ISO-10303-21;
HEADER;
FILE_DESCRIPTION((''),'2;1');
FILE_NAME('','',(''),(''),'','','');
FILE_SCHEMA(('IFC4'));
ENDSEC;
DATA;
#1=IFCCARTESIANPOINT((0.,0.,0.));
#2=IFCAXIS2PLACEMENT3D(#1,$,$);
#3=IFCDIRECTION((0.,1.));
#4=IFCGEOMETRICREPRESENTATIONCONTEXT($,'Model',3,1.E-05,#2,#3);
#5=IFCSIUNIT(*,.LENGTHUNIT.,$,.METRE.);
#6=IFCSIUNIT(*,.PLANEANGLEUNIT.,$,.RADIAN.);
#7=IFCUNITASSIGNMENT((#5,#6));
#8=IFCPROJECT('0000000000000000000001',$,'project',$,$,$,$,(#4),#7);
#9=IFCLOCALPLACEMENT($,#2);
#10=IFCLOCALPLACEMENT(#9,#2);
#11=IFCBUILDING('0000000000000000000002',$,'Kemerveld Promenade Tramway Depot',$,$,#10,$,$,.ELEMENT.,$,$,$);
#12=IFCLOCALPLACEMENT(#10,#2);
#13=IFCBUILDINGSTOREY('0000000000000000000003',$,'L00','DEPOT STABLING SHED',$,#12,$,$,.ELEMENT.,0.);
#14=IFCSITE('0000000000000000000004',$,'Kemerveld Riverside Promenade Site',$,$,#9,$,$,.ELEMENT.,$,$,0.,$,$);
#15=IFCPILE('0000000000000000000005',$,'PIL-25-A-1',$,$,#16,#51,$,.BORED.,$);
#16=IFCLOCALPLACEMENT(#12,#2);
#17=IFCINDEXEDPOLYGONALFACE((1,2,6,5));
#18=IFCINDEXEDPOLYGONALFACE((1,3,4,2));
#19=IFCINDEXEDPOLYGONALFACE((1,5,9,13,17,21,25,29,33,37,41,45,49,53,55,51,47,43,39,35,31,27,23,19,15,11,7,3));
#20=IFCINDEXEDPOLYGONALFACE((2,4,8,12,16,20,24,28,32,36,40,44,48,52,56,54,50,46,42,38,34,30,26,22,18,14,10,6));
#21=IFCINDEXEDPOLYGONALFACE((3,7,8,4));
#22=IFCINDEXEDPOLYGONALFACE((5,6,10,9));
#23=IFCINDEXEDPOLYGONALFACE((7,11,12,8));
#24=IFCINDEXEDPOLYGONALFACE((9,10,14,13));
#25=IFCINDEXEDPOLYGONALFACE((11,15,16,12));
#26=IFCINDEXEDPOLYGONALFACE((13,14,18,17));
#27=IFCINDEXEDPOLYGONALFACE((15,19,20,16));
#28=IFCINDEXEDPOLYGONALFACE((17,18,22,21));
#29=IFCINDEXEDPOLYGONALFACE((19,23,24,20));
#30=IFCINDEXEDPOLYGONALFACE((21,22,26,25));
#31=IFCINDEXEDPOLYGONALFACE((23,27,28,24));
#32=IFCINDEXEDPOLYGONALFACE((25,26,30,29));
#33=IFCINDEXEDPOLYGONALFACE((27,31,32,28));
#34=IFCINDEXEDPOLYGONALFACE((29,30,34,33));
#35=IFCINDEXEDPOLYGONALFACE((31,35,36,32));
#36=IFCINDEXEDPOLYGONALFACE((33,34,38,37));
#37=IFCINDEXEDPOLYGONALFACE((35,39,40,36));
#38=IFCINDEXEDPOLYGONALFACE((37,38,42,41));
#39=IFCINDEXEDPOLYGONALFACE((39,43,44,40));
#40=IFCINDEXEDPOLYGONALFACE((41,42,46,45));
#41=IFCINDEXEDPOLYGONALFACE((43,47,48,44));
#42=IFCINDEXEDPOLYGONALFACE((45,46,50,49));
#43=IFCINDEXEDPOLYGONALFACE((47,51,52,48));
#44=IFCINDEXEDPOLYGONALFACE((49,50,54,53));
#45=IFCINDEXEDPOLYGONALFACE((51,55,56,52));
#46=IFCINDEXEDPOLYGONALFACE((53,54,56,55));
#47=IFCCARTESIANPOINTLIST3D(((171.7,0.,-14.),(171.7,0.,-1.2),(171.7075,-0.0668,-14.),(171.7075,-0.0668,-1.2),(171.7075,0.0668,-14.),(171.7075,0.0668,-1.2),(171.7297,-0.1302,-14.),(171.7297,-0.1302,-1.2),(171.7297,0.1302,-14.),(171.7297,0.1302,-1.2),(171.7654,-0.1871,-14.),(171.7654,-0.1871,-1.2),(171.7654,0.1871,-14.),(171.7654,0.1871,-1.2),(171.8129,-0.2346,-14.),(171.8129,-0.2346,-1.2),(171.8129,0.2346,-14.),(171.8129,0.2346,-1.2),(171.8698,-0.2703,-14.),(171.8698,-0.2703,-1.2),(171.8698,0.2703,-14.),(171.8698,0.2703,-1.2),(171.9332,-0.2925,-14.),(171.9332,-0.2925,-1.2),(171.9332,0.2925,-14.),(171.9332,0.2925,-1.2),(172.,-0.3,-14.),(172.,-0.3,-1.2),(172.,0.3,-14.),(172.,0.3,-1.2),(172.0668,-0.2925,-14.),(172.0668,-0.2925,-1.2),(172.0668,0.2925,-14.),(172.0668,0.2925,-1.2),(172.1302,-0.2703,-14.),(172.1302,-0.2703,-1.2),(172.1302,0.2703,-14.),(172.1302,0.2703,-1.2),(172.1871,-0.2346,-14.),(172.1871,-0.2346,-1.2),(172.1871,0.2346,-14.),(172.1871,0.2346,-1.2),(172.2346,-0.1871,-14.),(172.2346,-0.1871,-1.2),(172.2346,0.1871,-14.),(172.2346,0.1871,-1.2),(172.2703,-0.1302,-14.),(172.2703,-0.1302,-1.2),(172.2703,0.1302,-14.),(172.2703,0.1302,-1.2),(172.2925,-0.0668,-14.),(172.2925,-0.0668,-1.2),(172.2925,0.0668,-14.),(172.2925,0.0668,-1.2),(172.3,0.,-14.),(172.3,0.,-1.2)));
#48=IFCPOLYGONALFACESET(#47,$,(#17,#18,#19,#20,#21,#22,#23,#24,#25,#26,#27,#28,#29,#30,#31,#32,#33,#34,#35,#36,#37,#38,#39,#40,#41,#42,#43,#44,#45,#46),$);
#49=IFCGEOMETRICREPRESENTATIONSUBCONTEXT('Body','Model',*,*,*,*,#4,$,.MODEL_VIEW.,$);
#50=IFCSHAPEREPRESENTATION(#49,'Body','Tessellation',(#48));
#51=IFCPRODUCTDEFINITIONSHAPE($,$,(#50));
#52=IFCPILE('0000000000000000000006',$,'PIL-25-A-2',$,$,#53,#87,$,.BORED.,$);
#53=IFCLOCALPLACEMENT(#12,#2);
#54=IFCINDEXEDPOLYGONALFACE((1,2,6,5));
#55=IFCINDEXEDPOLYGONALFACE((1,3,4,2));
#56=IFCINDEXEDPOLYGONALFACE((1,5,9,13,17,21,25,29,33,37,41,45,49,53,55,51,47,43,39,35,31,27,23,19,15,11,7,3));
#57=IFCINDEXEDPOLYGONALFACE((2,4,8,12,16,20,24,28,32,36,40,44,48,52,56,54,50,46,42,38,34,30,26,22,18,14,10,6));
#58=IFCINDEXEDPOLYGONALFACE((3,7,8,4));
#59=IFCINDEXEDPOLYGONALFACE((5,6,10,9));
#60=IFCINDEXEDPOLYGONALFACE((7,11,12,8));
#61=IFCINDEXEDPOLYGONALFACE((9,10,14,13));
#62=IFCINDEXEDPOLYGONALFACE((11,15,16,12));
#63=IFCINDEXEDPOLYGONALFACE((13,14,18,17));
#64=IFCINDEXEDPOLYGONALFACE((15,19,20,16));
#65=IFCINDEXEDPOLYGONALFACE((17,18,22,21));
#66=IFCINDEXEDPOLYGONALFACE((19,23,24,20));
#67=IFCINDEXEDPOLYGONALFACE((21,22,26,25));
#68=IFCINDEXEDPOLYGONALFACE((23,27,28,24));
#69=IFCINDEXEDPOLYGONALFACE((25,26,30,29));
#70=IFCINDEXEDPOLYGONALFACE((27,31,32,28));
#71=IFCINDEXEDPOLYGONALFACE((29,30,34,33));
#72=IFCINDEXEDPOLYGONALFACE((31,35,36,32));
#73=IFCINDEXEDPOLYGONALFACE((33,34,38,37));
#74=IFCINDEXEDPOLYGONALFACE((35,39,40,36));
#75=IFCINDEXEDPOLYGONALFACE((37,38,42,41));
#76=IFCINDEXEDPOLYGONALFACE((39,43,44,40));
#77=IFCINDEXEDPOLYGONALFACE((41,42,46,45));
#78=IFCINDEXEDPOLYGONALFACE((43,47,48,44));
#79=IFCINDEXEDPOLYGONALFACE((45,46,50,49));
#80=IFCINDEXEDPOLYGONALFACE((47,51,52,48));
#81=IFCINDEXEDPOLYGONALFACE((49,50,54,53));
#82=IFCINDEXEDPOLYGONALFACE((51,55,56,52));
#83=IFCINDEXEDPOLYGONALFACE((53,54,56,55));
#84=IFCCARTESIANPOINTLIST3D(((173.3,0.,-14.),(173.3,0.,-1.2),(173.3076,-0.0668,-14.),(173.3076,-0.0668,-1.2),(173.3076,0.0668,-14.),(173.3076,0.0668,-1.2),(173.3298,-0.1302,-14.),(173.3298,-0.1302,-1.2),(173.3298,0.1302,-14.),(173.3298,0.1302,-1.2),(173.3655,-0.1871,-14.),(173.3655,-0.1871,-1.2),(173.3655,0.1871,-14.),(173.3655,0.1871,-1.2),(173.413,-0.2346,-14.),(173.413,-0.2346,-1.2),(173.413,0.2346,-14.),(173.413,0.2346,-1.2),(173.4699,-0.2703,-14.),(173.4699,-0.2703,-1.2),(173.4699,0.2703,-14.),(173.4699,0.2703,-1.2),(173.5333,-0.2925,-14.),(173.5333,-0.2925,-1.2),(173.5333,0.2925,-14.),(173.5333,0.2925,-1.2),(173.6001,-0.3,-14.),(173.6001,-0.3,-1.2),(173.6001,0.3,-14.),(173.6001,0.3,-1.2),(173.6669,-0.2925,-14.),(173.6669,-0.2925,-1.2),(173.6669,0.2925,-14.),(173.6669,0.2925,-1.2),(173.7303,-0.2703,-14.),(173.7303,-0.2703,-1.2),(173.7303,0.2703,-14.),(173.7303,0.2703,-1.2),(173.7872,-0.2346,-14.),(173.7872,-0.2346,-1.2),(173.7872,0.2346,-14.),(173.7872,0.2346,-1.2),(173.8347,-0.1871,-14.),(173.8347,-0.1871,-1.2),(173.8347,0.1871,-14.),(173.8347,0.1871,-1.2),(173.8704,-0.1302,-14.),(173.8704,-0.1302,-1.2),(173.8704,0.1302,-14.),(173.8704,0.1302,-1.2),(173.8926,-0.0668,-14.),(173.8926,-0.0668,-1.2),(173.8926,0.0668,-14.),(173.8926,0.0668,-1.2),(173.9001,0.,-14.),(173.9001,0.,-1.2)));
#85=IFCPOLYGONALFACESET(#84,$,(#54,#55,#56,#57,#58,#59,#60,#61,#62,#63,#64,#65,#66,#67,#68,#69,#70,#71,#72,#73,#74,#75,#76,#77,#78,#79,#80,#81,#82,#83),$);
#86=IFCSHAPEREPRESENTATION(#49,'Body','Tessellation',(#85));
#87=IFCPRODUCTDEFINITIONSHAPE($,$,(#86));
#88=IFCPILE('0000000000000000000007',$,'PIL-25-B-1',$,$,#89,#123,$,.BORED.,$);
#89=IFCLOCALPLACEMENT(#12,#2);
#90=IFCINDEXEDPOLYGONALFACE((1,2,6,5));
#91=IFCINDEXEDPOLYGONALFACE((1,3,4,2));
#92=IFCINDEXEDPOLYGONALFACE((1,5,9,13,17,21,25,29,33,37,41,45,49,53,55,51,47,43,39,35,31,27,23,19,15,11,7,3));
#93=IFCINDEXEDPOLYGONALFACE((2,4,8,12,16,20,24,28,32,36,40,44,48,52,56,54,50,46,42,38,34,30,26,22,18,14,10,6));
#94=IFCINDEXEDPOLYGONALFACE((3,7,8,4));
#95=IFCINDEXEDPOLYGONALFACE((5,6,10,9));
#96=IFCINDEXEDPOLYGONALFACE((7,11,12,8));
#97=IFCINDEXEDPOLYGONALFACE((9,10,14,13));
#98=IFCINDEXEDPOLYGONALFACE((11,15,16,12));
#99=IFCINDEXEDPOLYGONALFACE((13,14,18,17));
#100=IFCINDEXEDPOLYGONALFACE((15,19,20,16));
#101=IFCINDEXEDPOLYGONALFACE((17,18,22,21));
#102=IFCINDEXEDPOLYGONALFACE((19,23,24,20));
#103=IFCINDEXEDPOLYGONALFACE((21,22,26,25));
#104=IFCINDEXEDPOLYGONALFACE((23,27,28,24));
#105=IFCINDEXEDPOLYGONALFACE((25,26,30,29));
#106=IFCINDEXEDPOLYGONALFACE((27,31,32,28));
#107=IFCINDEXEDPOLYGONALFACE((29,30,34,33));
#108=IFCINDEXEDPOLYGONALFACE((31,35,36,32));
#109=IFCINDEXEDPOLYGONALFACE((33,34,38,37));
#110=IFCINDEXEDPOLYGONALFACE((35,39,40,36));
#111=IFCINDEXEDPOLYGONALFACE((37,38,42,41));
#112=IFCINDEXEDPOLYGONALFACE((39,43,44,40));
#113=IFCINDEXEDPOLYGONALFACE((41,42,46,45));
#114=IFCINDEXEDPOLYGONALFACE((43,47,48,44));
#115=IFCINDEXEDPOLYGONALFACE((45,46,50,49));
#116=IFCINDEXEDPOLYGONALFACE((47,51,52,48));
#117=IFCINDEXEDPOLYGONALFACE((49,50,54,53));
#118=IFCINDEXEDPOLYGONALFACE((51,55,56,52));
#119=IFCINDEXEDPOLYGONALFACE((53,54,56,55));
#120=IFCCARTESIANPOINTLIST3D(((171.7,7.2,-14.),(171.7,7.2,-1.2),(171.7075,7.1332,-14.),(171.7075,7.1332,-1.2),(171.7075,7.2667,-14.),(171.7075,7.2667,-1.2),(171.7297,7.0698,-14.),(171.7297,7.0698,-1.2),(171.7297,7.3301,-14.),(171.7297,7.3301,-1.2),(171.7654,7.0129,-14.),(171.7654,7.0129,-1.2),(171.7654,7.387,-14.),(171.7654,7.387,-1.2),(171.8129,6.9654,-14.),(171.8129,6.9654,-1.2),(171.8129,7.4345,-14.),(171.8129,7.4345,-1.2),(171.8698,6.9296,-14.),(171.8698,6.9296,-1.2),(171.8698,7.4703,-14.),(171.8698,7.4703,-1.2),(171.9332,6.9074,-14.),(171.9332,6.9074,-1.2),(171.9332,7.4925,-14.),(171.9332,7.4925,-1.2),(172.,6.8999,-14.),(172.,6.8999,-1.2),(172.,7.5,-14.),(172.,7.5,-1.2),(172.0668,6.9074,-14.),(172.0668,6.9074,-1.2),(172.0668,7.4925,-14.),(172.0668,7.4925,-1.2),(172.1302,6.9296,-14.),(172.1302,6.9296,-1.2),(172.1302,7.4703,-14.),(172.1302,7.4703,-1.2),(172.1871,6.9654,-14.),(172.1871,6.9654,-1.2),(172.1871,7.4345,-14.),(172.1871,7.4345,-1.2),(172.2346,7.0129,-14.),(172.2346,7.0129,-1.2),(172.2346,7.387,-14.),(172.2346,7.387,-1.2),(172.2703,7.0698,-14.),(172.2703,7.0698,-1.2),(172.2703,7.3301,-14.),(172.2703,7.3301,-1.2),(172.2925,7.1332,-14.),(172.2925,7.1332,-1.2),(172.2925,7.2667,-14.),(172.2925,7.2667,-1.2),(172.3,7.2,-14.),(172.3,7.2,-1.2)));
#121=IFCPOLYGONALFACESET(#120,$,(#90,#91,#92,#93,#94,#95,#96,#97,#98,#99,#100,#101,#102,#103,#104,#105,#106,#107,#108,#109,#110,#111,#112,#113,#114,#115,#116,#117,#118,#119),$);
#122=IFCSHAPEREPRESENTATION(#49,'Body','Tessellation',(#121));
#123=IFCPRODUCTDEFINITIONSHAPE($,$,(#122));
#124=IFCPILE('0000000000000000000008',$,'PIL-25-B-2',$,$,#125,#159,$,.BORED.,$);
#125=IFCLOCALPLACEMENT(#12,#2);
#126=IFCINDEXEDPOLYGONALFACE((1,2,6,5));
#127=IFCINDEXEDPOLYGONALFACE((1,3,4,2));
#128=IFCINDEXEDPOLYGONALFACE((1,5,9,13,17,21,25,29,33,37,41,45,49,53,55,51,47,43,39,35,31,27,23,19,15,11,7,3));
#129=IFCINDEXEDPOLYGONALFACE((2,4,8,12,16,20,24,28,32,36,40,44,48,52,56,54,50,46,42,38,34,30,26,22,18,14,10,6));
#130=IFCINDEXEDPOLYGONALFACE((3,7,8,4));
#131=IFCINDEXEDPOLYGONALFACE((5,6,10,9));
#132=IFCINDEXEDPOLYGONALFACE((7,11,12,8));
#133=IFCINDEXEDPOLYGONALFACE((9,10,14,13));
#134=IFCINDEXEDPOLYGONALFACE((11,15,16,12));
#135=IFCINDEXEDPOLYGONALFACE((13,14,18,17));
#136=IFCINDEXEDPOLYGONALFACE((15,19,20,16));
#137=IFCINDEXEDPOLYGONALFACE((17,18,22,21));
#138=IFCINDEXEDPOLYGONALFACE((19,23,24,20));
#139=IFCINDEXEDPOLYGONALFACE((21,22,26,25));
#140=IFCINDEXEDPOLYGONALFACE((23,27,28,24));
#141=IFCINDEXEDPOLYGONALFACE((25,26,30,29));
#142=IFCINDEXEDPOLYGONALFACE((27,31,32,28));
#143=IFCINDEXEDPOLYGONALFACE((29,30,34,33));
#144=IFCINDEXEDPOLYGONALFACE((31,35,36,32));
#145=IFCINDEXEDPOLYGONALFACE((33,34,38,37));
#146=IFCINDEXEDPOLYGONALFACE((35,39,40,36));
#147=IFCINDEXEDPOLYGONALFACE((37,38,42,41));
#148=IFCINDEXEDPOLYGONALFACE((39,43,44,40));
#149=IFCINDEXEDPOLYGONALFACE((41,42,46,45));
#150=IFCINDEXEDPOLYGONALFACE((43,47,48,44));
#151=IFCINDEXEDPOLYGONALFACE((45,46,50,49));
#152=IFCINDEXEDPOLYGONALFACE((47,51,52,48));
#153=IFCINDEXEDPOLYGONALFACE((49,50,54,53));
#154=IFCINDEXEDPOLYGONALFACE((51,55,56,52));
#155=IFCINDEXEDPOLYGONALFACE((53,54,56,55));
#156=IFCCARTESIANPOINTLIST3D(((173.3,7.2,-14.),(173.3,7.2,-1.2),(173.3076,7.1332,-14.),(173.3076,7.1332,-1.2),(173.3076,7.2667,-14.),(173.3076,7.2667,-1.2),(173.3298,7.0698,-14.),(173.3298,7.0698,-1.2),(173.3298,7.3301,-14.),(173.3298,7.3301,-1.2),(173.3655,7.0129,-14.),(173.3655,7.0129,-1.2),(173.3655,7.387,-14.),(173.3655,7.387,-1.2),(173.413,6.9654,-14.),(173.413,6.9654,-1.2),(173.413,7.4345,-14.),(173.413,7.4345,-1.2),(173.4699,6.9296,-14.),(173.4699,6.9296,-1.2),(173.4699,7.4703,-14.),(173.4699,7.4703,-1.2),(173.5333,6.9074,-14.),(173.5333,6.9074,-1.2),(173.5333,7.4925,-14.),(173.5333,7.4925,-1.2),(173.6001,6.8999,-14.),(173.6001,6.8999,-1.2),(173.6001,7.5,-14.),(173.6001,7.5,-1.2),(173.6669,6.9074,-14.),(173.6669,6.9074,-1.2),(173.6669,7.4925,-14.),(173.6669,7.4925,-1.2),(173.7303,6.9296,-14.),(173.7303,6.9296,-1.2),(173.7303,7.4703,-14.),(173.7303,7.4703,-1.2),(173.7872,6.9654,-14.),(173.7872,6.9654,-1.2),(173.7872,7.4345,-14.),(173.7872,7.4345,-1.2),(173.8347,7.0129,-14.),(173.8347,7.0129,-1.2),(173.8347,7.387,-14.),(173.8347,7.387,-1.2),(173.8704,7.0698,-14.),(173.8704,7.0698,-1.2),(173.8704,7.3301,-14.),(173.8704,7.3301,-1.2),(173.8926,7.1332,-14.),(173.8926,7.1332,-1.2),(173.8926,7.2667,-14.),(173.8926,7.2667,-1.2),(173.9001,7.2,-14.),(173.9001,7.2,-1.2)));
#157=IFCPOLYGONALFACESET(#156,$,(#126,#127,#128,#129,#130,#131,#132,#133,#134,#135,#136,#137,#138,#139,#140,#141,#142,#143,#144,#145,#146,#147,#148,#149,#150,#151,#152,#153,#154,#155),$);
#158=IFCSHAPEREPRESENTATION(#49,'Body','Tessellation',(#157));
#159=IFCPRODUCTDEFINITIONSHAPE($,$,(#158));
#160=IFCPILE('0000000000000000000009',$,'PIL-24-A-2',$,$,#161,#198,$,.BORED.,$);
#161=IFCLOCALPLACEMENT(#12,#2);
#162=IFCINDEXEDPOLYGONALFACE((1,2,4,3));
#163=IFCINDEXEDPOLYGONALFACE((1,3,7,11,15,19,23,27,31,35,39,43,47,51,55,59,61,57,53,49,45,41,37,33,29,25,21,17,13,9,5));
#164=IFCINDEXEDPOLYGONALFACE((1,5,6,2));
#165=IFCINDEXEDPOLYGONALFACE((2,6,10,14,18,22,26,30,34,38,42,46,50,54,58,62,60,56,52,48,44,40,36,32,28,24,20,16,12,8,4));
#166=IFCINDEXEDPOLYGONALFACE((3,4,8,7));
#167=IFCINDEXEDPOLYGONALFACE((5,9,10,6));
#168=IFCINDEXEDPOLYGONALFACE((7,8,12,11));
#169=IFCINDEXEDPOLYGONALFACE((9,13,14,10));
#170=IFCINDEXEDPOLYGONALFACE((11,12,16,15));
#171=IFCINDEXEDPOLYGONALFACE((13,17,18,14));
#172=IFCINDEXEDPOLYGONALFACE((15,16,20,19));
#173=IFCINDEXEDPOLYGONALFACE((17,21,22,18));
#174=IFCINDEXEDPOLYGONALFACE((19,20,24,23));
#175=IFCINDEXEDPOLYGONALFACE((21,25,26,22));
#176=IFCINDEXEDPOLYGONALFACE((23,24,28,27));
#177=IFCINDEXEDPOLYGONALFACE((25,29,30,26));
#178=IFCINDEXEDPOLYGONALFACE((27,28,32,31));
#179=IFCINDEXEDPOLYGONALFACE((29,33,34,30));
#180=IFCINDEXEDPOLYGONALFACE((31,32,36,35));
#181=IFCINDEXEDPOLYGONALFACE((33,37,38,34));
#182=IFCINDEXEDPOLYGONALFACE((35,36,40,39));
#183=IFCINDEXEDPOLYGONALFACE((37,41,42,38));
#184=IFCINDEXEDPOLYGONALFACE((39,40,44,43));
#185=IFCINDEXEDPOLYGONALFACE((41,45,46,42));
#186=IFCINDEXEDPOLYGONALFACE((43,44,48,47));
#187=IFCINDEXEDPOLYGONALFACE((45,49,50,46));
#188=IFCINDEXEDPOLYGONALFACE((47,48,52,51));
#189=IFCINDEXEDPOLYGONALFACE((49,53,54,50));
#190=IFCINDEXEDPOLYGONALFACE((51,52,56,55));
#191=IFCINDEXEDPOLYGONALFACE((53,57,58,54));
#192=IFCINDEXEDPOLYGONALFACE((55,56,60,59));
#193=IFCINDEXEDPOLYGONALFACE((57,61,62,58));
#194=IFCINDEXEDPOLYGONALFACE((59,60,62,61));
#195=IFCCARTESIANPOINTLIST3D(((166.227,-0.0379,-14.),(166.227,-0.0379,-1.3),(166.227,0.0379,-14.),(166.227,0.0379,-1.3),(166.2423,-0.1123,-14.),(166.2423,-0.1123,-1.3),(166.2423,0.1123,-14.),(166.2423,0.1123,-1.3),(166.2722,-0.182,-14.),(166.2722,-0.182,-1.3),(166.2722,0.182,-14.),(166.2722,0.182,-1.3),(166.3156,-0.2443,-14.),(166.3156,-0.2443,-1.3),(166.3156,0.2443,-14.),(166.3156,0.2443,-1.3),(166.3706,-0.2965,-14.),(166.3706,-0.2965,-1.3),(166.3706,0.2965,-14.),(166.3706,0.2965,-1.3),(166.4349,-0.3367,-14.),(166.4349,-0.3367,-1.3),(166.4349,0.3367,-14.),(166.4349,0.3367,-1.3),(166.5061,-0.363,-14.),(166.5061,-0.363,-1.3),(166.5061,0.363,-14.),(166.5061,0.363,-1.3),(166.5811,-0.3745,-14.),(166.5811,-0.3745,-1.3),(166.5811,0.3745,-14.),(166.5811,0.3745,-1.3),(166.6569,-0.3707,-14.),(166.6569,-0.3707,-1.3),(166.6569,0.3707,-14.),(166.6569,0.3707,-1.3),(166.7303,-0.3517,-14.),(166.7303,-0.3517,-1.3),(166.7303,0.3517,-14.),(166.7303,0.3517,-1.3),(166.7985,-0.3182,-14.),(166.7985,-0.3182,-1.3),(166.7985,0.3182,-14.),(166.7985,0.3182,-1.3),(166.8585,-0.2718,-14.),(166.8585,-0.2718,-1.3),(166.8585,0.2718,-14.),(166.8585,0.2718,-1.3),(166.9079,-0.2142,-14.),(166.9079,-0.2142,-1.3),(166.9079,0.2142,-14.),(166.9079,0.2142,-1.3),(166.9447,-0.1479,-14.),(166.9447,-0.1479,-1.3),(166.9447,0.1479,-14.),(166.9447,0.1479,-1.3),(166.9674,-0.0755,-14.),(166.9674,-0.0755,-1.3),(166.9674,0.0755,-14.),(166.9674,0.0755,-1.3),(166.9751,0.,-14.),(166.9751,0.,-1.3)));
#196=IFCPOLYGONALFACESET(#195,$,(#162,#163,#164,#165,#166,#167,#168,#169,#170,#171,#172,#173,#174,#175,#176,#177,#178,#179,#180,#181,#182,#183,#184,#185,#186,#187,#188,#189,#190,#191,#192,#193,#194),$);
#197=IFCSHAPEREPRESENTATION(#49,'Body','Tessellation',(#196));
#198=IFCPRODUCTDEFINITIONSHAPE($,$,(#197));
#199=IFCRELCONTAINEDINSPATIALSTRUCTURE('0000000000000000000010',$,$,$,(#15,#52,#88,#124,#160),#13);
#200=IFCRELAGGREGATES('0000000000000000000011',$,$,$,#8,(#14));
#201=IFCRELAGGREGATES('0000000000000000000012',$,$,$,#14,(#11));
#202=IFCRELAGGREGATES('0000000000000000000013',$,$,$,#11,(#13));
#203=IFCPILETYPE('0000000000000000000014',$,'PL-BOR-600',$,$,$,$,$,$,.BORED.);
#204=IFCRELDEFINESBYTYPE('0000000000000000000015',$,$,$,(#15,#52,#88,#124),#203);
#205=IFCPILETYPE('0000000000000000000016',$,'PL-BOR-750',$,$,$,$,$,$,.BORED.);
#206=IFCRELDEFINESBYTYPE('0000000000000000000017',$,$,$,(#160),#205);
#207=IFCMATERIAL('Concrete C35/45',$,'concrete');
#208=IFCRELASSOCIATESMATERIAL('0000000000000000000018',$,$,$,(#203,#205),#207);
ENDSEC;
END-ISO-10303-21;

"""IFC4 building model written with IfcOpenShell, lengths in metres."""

from ifc_helpers import new_model, si_unit, direction, frame, origin, origin_2d, place, context, subcontext, project, spatial, circle, extrude, material, material_profile, profile_set, type_object, element, save


model = new_model("IFC4")

# Units and contexts
model_context = context("Model", 3, precision=1e-05, world=origin(), true_north=direction((0.0, 1.0)))
body_context = subcontext(model_context, "Body", "Model", "MODEL_VIEW")
ifc_project = project(units=[si_unit("LENGTHUNIT", "METRE"), si_unit("PLANEANGLEUNIT", "RADIAN")], contexts=[model_context])

# Site, building, storey
site_placement = place(None, origin())
site = spatial("IfcSite", under=ifc_project, at=site_placement, Name="Kemerveld Riverside Promenade Site", CompositionType="ELEMENT", RefElevation=0.0)
building_placement = place(site_placement, origin())
building = spatial("IfcBuilding", under=site, at=building_placement, Name="Kemerveld Promenade Tramway Depot", CompositionType="ELEMENT")
storey_placement = place(building_placement, origin())
storey = spatial("IfcBuildingStorey", under=building, at=storey_placement, Name="L00", Description="DEPOT STABLING SHED", CompositionType="ELEMENT", Elevation=0.0)

# Shared definitions
ifc_material_1 = material(Name="Concrete C35/45", Category="concrete")

# Piles
ifc_material_profile_1 = material_profile(ifc_material_1, circle(Radius=0.3, at=origin_2d()), Name="PILE-D600")
ifc_profile_set_1 = profile_set([ifc_material_profile_1], Name="Concrete C35/45")
pile_type_1 = type_object("IfcPileType", Name="PL-BOR-600", PredefinedType="BORED", material=ifc_profile_set_1)
for number, where, z_axis, x_axis, name in (
    (1, (172.0, 0.0, -1.2), (0.0, 0.0, -1.0), (1.0, 0.0, 0.0), "PIL-25-A-1"),
    (2, (173.6001, 0.0, -1.2), (0.0, 0.0, -1.0), (1.0, 0.0, 0.0), "PIL-25-A-2"),
    (3, (172.0, 7.2, -1.2), (0.0, 0.0, -1.0), (1.0, 0.0, 0.0), "PIL-25-B-1"),
    (4, (173.6001, 7.2, -1.2), (0.0, 0.0, -1.0), (1.0, 0.0, 0.0), "PIL-25-B-2"),
):
    element("IfcPile", number, at=place(storey_placement, frame(where, z_axis=z_axis, x_axis=x_axis)), inside=storey, type_object=pile_type_1, Name=name, PredefinedType="BORED", context=body_context, shape_type="SweptSolid", body=[
        extrude(circle(Radius=0.3, at=origin_2d()), origin(), (0.0, 0.0, 1.0), 12.8),
    ])
ifc_material_profile_2 = material_profile(ifc_material_1, circle(Radius=0.375, at=origin_2d()), Name="PILE-D750")
ifc_profile_set_2 = profile_set([ifc_material_profile_2], Name="Concrete C35/45")
pile_type_2 = type_object("IfcPileType", Name="PL-BOR-750", PredefinedType="BORED", material=ifc_profile_set_2)
for number, where, z_axis, x_axis, name in (
    (5, (166.6001, 0.0, -1.3), (0.0, 0.0, -1.0), (1.0, 0.0, 0.0), "PIL-24-A-2"),
):
    element("IfcPile", number, at=place(storey_placement, frame(where, z_axis=z_axis, x_axis=x_axis)), inside=storey, type_object=pile_type_2, Name=name, PredefinedType="BORED", context=body_context, shape_type="SweptSolid", body=[
        extrude(circle(Radius=0.375, at=origin_2d()), origin(), (0.0, 0.0, 1.0), 12.7),
    ])

save(model, "model.ifc")
